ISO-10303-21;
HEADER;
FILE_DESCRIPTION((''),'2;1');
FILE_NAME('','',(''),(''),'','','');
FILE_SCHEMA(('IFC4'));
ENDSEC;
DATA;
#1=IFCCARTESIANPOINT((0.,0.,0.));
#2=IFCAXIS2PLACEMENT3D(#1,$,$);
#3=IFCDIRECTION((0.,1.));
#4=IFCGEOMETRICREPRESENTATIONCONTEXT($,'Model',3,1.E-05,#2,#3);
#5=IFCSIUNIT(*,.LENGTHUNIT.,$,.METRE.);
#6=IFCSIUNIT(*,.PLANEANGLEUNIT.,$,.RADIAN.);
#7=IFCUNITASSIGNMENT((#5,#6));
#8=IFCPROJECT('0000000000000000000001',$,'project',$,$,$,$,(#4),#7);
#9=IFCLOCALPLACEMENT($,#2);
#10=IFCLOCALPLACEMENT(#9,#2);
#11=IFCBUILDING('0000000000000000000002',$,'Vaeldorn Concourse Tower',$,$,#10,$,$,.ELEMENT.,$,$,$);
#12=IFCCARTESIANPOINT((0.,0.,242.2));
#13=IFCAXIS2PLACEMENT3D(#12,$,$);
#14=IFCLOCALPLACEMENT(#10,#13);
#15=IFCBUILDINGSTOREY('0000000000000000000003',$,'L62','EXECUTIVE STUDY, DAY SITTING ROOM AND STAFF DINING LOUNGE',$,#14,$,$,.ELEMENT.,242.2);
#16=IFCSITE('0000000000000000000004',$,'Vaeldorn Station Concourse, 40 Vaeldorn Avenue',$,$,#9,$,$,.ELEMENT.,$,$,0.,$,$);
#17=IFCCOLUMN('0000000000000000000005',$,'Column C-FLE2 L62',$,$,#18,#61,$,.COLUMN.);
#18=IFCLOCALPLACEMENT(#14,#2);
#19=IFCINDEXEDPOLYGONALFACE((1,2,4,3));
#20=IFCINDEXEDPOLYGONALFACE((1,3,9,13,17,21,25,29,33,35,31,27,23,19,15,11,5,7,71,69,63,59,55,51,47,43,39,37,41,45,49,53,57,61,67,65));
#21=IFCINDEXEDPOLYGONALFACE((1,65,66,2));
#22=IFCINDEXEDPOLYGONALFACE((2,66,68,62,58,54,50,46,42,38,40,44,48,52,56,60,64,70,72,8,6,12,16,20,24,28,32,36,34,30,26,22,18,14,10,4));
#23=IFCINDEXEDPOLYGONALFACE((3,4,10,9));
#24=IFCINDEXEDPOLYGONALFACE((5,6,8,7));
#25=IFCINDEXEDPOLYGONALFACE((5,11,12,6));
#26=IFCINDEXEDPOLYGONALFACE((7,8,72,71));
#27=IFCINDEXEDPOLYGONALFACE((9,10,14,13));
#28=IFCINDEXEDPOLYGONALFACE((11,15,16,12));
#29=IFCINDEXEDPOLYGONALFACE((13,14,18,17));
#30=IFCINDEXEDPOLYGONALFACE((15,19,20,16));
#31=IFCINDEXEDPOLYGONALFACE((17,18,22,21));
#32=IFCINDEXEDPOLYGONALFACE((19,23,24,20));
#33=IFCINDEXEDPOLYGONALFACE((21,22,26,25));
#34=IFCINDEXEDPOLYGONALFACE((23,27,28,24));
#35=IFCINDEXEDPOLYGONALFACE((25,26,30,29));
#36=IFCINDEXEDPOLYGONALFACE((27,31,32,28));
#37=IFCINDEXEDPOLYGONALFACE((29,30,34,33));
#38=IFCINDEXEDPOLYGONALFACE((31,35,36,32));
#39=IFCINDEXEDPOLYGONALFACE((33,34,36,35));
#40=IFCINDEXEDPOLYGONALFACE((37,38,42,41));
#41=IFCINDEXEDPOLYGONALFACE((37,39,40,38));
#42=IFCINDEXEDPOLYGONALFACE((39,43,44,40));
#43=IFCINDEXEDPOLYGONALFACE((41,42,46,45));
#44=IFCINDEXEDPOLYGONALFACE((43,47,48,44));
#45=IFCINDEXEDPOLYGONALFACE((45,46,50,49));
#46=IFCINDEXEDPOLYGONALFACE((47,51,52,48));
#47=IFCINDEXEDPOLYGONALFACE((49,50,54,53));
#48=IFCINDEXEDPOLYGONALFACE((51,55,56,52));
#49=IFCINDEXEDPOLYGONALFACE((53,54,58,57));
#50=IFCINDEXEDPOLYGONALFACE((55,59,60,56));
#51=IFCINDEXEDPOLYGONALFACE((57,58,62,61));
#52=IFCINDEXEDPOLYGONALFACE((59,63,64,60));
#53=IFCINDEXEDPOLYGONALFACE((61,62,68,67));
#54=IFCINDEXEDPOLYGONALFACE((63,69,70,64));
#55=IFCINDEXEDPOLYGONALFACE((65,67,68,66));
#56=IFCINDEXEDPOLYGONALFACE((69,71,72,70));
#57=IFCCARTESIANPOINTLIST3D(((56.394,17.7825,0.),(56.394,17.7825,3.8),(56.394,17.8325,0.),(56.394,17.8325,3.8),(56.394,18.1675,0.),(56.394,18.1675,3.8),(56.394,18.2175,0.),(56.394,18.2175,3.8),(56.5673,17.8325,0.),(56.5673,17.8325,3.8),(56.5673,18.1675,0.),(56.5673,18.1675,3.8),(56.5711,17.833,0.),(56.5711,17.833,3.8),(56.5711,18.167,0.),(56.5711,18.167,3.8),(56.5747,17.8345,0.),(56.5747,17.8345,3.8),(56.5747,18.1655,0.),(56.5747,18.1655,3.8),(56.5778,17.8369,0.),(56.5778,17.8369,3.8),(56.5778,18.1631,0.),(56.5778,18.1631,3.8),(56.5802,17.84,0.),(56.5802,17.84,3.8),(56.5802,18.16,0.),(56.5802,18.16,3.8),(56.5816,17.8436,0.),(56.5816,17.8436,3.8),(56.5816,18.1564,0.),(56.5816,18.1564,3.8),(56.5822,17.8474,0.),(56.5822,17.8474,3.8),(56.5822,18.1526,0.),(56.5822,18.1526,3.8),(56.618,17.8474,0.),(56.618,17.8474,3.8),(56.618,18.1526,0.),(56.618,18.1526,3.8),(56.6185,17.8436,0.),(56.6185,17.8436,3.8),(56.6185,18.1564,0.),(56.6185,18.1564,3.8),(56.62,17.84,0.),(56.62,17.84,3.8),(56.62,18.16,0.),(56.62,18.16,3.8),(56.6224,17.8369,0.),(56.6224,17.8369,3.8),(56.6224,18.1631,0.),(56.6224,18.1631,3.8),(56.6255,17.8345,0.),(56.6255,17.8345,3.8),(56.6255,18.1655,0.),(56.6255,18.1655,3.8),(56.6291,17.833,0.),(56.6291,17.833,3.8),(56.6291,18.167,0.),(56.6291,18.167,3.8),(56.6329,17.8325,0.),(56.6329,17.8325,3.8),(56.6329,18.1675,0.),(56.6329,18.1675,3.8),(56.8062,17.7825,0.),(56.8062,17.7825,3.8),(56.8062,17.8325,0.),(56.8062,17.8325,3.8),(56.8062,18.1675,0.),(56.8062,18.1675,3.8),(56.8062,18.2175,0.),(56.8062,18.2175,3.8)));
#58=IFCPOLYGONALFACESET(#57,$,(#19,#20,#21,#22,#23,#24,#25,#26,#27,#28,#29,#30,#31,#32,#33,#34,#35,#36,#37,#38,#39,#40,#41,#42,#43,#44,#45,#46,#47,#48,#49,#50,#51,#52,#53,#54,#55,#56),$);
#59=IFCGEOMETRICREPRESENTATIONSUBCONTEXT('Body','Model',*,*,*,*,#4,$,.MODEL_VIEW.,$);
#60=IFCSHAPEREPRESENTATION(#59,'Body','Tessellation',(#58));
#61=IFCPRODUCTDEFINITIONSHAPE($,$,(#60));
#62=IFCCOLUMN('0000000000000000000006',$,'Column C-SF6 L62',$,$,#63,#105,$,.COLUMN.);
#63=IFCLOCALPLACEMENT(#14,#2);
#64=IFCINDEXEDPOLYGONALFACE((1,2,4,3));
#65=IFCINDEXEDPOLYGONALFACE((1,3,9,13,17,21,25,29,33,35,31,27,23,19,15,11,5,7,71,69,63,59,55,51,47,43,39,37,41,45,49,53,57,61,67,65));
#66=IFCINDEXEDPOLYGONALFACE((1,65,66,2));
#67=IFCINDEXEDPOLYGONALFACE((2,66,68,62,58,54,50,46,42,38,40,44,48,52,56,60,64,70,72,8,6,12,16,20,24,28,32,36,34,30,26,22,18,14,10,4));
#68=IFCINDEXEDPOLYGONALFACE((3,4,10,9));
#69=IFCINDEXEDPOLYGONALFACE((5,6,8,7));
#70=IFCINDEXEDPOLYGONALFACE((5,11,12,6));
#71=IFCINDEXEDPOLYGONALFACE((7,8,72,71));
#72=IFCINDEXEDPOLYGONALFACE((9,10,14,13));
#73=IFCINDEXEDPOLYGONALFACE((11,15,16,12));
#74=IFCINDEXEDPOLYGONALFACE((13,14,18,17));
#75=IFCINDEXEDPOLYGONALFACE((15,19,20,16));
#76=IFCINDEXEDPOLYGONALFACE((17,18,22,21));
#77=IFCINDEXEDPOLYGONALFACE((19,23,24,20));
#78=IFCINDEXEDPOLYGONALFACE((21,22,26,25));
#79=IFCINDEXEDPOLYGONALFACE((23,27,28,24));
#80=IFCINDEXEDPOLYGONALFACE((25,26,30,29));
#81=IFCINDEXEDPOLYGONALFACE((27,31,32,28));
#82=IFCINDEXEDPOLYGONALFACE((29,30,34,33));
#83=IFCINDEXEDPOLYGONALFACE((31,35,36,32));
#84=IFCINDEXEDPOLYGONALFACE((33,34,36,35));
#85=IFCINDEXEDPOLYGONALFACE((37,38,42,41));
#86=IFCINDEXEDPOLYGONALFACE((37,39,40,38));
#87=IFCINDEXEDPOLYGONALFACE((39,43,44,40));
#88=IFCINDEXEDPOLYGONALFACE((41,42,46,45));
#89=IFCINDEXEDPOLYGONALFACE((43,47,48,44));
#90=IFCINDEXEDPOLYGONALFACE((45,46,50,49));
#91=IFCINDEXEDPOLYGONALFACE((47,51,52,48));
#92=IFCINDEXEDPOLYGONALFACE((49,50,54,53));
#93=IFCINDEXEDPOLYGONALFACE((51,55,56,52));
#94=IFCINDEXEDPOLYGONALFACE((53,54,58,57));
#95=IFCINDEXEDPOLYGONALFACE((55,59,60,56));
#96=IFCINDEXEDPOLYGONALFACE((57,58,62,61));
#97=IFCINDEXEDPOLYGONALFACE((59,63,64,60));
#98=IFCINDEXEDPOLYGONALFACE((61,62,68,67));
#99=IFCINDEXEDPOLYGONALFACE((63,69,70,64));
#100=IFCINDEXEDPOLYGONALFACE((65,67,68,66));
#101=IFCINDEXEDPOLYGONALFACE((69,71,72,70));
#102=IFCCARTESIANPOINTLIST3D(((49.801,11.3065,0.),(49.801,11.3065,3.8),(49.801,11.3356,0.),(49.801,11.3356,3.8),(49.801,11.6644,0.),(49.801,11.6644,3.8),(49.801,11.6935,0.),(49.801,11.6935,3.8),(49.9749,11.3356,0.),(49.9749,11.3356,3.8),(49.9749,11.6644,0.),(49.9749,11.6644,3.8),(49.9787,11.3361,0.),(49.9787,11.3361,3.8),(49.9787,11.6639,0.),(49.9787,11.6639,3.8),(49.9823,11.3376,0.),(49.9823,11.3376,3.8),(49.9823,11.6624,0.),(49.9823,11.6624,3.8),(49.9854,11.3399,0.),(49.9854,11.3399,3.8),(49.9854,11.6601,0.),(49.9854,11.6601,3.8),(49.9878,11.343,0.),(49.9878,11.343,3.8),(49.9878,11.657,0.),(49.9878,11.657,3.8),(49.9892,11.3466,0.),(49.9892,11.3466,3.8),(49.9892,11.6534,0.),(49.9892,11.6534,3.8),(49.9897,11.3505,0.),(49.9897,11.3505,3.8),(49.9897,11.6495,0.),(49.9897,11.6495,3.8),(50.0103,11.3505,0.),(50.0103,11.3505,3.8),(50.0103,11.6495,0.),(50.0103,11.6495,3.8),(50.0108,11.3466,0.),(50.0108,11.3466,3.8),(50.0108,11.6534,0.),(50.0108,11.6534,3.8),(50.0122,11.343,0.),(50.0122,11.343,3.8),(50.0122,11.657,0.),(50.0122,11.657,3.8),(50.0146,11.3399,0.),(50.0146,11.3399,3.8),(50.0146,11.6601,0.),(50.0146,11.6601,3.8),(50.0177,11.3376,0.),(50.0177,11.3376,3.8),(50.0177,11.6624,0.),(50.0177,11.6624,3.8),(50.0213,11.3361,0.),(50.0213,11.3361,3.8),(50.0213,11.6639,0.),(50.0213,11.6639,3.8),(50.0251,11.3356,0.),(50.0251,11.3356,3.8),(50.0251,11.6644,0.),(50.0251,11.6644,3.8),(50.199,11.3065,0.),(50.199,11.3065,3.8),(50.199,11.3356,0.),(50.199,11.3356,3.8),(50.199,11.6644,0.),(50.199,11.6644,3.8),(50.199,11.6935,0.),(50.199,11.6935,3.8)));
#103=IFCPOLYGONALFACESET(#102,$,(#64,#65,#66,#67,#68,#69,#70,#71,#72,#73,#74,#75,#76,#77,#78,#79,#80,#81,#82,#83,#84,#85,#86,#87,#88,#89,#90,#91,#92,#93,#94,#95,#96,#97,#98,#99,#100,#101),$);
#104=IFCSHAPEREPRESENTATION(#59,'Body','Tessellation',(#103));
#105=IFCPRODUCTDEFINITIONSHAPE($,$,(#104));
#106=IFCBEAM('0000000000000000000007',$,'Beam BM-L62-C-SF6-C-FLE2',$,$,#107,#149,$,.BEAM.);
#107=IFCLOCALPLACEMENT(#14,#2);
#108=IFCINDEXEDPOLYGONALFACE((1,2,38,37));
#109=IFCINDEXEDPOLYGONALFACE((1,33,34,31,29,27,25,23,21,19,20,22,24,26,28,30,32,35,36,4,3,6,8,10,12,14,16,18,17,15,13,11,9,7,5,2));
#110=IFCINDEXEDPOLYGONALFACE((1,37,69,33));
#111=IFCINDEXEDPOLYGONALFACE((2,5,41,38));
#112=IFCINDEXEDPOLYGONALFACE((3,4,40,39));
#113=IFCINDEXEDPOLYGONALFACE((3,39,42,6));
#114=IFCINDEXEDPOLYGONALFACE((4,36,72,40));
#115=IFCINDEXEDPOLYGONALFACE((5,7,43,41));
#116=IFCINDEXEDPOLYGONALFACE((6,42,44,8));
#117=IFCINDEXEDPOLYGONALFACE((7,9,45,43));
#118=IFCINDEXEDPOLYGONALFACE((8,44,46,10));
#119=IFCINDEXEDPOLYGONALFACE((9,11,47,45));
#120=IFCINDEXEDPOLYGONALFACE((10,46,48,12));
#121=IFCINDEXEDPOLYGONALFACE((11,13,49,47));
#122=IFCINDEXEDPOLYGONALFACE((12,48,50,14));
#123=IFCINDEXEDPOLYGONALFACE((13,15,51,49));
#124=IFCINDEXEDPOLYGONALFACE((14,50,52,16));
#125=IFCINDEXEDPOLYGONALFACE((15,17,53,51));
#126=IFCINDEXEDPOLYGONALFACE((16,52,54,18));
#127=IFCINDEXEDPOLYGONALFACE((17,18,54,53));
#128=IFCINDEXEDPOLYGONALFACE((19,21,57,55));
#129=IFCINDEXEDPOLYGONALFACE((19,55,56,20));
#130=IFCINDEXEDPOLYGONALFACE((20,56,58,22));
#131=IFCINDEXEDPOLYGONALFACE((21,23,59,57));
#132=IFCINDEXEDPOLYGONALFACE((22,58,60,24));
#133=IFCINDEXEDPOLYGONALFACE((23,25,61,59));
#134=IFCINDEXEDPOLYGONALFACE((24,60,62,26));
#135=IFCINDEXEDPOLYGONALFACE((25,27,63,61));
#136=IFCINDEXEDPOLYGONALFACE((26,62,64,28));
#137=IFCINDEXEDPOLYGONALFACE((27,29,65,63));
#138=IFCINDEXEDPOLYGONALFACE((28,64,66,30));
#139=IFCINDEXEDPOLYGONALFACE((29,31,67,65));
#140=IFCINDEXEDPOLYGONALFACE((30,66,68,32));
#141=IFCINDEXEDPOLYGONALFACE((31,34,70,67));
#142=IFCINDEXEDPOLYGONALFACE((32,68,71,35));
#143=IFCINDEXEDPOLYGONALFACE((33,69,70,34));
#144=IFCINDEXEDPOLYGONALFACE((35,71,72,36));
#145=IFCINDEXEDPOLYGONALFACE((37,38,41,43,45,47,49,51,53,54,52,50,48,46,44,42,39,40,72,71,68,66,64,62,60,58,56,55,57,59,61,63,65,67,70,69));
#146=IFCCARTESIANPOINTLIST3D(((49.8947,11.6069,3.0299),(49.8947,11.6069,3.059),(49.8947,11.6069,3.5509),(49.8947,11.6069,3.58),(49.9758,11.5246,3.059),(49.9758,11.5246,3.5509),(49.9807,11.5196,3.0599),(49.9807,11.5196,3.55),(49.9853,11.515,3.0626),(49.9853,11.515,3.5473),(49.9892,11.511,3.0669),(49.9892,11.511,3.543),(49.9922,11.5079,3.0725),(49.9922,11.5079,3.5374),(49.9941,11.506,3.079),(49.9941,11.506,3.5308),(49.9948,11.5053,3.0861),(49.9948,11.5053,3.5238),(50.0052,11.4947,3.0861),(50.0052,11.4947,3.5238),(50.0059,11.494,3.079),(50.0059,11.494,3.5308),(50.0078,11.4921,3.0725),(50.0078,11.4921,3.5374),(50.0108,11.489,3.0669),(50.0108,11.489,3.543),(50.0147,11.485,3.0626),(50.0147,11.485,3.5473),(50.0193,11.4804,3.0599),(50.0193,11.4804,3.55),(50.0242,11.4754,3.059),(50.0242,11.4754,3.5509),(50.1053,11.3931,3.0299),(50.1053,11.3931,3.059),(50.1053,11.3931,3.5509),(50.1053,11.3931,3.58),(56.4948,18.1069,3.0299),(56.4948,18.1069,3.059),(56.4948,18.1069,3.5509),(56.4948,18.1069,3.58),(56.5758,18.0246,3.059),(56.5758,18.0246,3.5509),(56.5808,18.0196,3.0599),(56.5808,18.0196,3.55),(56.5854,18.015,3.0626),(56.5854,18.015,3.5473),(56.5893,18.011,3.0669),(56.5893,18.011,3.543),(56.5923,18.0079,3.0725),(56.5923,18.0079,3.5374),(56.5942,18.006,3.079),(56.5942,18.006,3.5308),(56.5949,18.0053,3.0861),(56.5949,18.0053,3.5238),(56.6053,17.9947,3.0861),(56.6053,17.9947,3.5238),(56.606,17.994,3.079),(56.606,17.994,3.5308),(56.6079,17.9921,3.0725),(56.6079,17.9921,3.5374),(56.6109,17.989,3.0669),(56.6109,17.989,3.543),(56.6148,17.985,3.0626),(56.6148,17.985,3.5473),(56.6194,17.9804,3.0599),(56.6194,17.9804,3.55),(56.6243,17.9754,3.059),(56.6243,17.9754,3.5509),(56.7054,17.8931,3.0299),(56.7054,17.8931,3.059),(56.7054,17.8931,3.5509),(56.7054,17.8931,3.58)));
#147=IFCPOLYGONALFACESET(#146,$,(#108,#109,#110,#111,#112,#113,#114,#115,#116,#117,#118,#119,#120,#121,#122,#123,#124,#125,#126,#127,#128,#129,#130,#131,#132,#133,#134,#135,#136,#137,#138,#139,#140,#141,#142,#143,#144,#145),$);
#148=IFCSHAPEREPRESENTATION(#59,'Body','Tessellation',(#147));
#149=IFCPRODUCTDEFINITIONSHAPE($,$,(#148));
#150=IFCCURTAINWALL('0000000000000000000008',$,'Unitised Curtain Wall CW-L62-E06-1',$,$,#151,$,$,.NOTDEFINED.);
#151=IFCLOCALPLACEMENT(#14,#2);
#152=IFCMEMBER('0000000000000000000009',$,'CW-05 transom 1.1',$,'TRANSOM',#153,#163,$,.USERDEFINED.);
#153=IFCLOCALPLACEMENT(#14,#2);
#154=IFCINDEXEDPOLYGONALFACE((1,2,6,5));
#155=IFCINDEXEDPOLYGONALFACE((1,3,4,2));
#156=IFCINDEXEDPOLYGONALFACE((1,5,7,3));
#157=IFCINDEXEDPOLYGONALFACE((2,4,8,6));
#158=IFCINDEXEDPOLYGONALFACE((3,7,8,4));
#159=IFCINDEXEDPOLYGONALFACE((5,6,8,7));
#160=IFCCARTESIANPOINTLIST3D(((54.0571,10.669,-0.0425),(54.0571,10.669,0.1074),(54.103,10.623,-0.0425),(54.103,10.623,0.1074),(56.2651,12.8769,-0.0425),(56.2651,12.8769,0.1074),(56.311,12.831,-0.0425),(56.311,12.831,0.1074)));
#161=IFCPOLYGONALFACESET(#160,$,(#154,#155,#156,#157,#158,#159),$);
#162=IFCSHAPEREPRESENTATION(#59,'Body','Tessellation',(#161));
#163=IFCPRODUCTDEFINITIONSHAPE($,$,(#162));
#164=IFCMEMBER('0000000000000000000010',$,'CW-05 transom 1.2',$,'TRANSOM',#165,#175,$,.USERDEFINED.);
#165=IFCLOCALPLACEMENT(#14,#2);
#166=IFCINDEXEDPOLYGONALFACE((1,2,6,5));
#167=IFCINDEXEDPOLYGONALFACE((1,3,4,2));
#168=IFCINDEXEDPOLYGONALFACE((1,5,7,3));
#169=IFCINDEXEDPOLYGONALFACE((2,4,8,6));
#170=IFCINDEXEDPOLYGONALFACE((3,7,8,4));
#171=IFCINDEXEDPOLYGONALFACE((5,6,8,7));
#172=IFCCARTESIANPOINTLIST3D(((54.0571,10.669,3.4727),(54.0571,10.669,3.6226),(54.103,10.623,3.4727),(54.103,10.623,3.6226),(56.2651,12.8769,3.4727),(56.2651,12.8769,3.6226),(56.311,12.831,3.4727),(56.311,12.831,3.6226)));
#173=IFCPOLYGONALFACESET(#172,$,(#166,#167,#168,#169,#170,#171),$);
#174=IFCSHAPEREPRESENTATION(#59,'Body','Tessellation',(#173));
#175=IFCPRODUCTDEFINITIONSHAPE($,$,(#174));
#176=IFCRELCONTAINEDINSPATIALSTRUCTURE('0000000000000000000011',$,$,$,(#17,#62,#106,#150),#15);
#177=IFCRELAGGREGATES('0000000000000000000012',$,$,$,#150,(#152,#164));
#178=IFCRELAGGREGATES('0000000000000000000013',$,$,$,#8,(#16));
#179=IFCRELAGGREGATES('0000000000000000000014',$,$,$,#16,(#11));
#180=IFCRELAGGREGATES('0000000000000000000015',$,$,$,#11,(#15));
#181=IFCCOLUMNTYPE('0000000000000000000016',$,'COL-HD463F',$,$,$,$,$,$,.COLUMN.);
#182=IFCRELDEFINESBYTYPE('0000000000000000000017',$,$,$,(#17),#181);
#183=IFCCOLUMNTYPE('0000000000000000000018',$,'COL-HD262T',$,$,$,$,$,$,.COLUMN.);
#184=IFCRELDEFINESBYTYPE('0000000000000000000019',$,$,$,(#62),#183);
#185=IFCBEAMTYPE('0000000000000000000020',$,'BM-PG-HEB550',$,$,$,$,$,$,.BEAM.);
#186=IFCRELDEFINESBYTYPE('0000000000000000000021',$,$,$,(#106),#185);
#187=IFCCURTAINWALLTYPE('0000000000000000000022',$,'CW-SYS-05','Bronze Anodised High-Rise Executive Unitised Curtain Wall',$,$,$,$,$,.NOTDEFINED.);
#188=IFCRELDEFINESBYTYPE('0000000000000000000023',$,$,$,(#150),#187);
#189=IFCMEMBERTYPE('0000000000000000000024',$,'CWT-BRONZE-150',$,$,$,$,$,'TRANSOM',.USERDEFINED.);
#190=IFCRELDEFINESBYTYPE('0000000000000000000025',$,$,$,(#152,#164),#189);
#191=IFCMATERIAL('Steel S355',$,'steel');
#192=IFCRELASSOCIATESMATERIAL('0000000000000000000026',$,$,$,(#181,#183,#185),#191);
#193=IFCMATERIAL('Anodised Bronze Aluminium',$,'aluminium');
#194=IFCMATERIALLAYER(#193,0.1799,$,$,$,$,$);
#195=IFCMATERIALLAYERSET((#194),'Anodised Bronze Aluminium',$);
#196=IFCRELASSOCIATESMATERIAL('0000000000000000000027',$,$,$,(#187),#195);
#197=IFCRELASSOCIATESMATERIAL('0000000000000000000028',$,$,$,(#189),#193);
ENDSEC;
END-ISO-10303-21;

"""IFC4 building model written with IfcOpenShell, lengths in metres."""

from ifc_helpers import new_model, si_unit, direction, frame, origin, origin_2d, place, context, subcontext, project, spatial, rectangle, i_section, extrude, source, transform, mapped, material, layer, layer_set, material_profile, profile_set, type_object, element, aggregate, save


model = new_model("IFC4")

# Units and contexts
model_context = context("Model", 3, precision=1e-05, world=origin(), true_north=direction((0.0, 1.0)))
body_context = subcontext(model_context, "Body", "Model", "MODEL_VIEW")
ifc_project = project(units=[si_unit("LENGTHUNIT", "METRE"), si_unit("PLANEANGLEUNIT", "RADIAN")], contexts=[model_context])

# Site, building, storey
site_placement = place(None, origin())
site = spatial("IfcSite", under=ifc_project, at=site_placement, Name="Vaeldorn Station Concourse, 40 Vaeldorn Avenue", CompositionType="ELEMENT", RefElevation=0.0)
building_placement = place(site_placement, origin())
building = spatial("IfcBuilding", under=site, at=building_placement, Name="Vaeldorn Concourse Tower", CompositionType="ELEMENT")
storey_placement = place(building_placement, frame((0.0, 0.0, 242.2)))
storey = spatial("IfcBuildingStorey", under=building, at=storey_placement, Name="L62", Description="EXECUTIVE STUDY, DAY SITTING ROOM AND STAFF DINING LOUNGE", CompositionType="ELEMENT", Elevation=242.2)

# Columns
ifc_material_1 = material(Name="Steel S355", Category="steel")
ifc_material_profile_1 = material_profile(ifc_material_1, i_section(OverallWidth=0.4121, OverallDepth=0.4351, WebThickness=0.0359, FlangeThickness=0.05, FilletRadius=0.0149, at=origin_2d()), Name="HD 400x463")
ifc_profile_set_1 = profile_set([ifc_material_profile_1], Name="Steel S355")
column_type_1 = type_object("IfcColumnType", Name="COL-HD463F", PredefinedType="COLUMN", material=ifc_profile_set_1)
shared_shape_1 = source(origin(), body_context, "Body", "SweptSolid", [
    extrude(i_section(OverallWidth=0.4121, OverallDepth=0.4351, WebThickness=0.0359, FlangeThickness=0.05, FilletRadius=0.0149, at=origin_2d()), origin(), (0.0, 0.0, 1.0), 3.8),
])
column_1_placement = place(storey_placement, frame((56.6001, 18.0, 0.0), z_axis=(0.0, 0.0, 1.0), x_axis=(1.0, 0.0, 0.0)))
element("IfcColumn", 1, at=column_1_placement, inside=storey, type_object=column_type_1, Name="Column C-FLE2 L62", PredefinedType="COLUMN", context=body_context, shape_type="MappedRepresentation", body=[
    mapped(shared_shape_1, transform((0.0, 0.0, 0.0), scale=1.0)),
])
ifc_material_profile_2 = material_profile(ifc_material_1, i_section(OverallWidth=0.3979, OverallDepth=0.387, WebThickness=0.0205, FlangeThickness=0.0291, FilletRadius=0.0149, at=origin_2d()), Name="HD 400x262")
ifc_profile_set_2 = profile_set([ifc_material_profile_2], Name="Steel S355")
column_type_2 = type_object("IfcColumnType", Name="COL-HD262T", PredefinedType="COLUMN", material=ifc_profile_set_2)
shared_shape_2 = source(origin(), body_context, "Body", "SweptSolid", [
    extrude(i_section(OverallWidth=0.3979, OverallDepth=0.387, WebThickness=0.0205, FlangeThickness=0.0291, FilletRadius=0.0149, at=origin_2d()), origin(), (0.0, 0.0, 1.0), 3.8),
])
column_2_placement = place(storey_placement, frame((50.0, 11.5, 0.0), z_axis=(0.0, 0.0, 1.0), x_axis=(1.0, 0.0, 0.0)))
element("IfcColumn", 2, at=column_2_placement, inside=storey, type_object=column_type_2, Name="Column C-SF6 L62", PredefinedType="COLUMN", context=body_context, shape_type="MappedRepresentation", body=[
    mapped(shared_shape_2, transform((0.0, 0.0, 0.0), scale=1.0)),
])

# Beam
ifc_material_profile_3 = material_profile(ifc_material_1, i_section(OverallWidth=0.3, OverallDepth=0.55, WebThickness=0.0149, FlangeThickness=0.0291, FilletRadius=0.0271, at=origin_2d()), Name="HEB 550")
ifc_profile_set_3 = profile_set([ifc_material_profile_3], Name="Steel S355")
beam_type = type_object("IfcBeamType", Name="BM-PG-HEB550", PredefinedType="BEAM", material=ifc_profile_set_3)
shared_shape_3 = source(origin(), body_context, "Body", "SweptSolid", [
    extrude(i_section(OverallWidth=0.3, OverallDepth=0.55, WebThickness=0.0149, FlangeThickness=0.0291, FilletRadius=0.0271, at=origin_2d()), origin(), (0.0, 0.0, 1.0), 9.2634),
])
beam_placement = place(storey_placement, frame((50.0, 11.5, 3.3049), z_axis=(0.712489, 0.701683, 0.0), x_axis=(-0.701683, 0.712489, 0.0)))
element("IfcBeam", 3, at=beam_placement, inside=storey, type_object=beam_type, Name="Beam BM-L62-C-SF6-C-FLE2", PredefinedType="BEAM", context=body_context, shape_type="MappedRepresentation", body=[
    mapped(shared_shape_3, transform((0.0, 0.0, 0.0), scale=1.0)),
])

# Curtain wall, members
ifc_material_2 = material(Name="Anodised Bronze Aluminium", Category="aluminium")
ifc_layer_1 = layer(ifc_material_2, 0.1799)
ifc_layer_set_1 = layer_set([ifc_layer_1], Name="Anodised Bronze Aluminium")
curtain_wall_type = type_object("IfcCurtainWallType", Name="CW-SYS-05", Description="Bronze Anodised High-Rise Executive Unitised Curtain Wall", PredefinedType="NOTDEFINED", material=ifc_layer_set_1)
curtain_wall_1_placement = place(storey_placement, origin())
curtain_wall_1 = element("IfcCurtainWall", 4, at=curtain_wall_1_placement, inside=storey, type_object=curtain_wall_type, Name="Unitised Curtain Wall CW-L62-E06-1", PredefinedType="NOTDEFINED")
ifc_material_profile_4 = material_profile(ifc_material_2, rectangle(XDim=0.0649, YDim=0.1499, at=origin_2d()), Name="CWT 65x150")
ifc_profile_set_4 = profile_set([ifc_material_profile_4], Name="Anodised Bronze Aluminium")
member_type_1 = type_object("IfcMemberType", Name="CWT-BRONZE-150", ElementType="TRANSOM", PredefinedType="USERDEFINED", material=ifc_profile_set_4)
shared_shape_4 = source(origin(), body_context, "Body", "SweptSolid", [
    extrude(rectangle(XDim=0.0649, YDim=0.1499, at=origin_2d()), origin(), (0.0, 0.0, 1.0), 3.1226),
])
member_1_placement = place(storey_placement, frame((54.0801, 10.646, 0.0325), z_axis=(0.707107, 0.707107, 0.0), x_axis=(-0.707107, 0.707107, 0.0)))
member_1 = element("IfcMember", 5, at=member_1_placement, type_object=member_type_1, Name="CW-05 transom 1.1", ObjectType="TRANSOM", PredefinedType="USERDEFINED", context=body_context, shape_type="MappedRepresentation", body=[
    mapped(shared_shape_4, transform((0.0, 0.0, 0.0), scale=1.0)),
])
member_2_placement = place(storey_placement, frame((54.0801, 10.646, 3.5476), z_axis=(0.707107, 0.707107, 0.0), x_axis=(-0.707107, 0.707107, 0.0)))
member_2 = element("IfcMember", 6, at=member_2_placement, type_object=member_type_1, Name="CW-05 transom 1.2", ObjectType="TRANSOM", PredefinedType="USERDEFINED", context=body_context, shape_type="MappedRepresentation", body=[
    mapped(shared_shape_4, transform((0.0, 0.0, 0.0), scale=1.0)),
])

aggregate(curtain_wall_1, [member_1, member_2])

save(model, "model.ifc")
